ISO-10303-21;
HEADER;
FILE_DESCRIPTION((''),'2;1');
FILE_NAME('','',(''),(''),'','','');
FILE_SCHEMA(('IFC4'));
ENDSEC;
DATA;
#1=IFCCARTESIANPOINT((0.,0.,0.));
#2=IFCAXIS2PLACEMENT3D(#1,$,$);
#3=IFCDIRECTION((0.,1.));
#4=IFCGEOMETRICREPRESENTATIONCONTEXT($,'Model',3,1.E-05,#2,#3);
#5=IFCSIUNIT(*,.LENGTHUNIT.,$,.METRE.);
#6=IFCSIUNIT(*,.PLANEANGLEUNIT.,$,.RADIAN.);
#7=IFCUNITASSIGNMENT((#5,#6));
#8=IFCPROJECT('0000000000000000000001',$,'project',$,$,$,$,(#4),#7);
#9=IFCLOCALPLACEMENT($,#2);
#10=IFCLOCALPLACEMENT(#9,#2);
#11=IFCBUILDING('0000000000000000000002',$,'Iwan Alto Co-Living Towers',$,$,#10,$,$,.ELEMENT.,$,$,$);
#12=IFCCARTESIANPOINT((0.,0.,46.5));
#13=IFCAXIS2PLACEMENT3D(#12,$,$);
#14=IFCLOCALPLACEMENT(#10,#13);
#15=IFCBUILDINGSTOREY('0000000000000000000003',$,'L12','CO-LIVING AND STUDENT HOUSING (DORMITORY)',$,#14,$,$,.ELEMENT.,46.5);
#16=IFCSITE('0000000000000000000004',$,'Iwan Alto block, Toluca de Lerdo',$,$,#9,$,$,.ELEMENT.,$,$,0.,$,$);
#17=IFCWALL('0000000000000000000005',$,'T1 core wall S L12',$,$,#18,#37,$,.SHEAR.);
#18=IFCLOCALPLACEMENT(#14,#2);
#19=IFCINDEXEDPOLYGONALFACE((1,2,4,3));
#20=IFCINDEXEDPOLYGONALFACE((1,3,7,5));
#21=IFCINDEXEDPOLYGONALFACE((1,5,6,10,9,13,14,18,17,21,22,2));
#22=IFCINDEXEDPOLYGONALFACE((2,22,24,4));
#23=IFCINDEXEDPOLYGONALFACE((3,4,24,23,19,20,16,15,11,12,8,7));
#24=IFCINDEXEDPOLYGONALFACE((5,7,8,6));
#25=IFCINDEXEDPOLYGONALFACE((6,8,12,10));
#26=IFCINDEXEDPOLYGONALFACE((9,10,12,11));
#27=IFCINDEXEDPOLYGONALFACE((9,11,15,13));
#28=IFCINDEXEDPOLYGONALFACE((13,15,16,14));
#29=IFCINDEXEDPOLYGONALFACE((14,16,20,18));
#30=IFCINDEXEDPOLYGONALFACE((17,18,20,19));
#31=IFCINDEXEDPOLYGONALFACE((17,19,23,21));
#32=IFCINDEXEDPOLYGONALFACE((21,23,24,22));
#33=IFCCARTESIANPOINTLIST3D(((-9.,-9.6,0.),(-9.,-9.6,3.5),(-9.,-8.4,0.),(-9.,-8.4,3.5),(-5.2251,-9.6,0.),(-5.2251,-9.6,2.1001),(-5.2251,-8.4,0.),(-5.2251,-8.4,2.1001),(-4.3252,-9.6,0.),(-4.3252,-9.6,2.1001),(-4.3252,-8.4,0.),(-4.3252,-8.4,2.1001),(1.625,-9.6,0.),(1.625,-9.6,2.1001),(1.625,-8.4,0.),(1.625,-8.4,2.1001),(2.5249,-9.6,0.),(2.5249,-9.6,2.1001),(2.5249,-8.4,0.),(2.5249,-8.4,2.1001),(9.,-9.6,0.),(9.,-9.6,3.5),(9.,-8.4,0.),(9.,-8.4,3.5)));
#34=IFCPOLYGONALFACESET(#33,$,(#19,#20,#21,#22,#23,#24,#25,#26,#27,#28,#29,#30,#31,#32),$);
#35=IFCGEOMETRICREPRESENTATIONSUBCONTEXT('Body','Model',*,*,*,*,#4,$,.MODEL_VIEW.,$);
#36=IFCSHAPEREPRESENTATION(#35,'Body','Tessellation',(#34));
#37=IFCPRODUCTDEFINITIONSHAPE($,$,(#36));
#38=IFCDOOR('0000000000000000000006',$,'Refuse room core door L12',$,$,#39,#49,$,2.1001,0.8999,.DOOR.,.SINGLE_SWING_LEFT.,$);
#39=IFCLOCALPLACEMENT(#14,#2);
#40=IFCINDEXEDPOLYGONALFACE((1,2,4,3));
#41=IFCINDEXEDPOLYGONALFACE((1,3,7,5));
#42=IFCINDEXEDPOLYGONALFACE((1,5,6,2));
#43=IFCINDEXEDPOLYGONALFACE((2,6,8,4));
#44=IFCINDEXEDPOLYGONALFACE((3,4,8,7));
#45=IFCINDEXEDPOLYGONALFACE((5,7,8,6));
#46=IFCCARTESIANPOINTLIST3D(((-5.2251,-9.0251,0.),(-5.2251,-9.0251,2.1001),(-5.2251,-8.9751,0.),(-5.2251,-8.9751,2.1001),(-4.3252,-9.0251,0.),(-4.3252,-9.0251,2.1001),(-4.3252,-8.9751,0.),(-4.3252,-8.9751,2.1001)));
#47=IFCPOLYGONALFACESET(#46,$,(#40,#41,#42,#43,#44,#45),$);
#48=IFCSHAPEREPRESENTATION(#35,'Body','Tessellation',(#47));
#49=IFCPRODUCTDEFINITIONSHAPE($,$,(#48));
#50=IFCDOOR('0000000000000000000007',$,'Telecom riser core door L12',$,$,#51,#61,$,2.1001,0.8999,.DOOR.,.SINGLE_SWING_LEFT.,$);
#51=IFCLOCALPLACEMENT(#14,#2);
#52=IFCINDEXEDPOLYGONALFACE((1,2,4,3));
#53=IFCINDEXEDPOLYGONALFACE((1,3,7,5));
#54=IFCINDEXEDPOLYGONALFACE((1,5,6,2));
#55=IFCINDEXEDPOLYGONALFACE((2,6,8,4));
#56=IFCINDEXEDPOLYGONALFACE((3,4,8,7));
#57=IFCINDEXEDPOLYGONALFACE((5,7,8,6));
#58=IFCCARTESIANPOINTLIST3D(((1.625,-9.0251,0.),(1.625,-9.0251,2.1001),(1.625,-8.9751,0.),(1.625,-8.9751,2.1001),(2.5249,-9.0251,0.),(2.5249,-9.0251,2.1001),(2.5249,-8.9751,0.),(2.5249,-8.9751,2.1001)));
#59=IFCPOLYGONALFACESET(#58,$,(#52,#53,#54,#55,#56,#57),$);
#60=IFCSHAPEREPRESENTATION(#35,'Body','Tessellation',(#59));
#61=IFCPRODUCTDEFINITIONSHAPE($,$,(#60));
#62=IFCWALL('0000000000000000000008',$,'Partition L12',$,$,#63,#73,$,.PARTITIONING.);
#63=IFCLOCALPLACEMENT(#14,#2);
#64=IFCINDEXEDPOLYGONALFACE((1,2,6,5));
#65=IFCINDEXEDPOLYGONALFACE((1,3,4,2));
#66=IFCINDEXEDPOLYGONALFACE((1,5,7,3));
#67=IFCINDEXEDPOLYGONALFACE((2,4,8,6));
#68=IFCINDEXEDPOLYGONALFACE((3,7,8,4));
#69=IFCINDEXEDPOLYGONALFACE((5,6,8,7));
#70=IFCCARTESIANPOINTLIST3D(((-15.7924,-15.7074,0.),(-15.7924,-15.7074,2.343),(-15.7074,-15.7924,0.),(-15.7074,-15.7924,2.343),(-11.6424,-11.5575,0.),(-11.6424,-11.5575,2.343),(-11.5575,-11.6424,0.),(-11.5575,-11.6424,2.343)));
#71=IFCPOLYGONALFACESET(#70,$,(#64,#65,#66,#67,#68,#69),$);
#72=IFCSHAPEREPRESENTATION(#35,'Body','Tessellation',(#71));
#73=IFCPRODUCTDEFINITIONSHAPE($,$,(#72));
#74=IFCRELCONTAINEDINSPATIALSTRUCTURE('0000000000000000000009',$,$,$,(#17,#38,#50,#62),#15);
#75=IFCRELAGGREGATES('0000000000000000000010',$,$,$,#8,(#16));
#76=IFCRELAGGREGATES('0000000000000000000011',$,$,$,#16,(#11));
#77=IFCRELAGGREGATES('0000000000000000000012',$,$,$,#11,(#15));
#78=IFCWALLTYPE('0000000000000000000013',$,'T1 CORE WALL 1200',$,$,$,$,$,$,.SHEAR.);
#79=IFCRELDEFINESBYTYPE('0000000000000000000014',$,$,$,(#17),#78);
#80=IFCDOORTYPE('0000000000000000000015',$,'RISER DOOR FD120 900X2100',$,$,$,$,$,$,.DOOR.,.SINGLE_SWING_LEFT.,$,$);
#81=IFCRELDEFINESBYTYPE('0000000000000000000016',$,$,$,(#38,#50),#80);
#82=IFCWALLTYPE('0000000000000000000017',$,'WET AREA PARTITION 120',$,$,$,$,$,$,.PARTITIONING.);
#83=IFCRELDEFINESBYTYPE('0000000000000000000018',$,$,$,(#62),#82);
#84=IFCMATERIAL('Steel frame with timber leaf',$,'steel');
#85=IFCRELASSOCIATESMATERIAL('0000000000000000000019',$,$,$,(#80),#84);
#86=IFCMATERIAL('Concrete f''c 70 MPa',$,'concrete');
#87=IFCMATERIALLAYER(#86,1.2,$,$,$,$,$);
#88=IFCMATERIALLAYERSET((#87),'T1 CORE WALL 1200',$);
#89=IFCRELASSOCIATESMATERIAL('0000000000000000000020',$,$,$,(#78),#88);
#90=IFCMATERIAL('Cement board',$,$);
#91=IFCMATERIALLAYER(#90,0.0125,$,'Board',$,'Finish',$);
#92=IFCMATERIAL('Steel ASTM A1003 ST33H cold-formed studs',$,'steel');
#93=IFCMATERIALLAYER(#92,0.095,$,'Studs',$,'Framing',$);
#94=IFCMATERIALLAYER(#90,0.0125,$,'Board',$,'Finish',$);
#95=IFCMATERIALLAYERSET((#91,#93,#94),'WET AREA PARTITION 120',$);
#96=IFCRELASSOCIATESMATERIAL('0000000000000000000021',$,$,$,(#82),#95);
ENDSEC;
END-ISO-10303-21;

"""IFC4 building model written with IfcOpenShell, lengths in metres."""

from ifc_helpers import new_model, si_unit, direction, frame, frame_2d, origin, place, context, subcontext, project, spatial, rectangle, extrude, material, layer, layer_set, type_object, element, fill, save


model = new_model("IFC4")

# Units and contexts
model_context = context("Model", 3, precision=1e-05, world=origin(), true_north=direction((0.0, 1.0)))
body_context = subcontext(model_context, "Body", "Model", "MODEL_VIEW")
ifc_project = project(units=[si_unit("LENGTHUNIT", "METRE"), si_unit("PLANEANGLEUNIT", "RADIAN")], contexts=[model_context])

# Site, building, storey
site_placement = place(None, origin())
site = spatial("IfcSite", under=ifc_project, at=site_placement, Name="Iwan Alto block, Toluca de Lerdo", CompositionType="ELEMENT", RefElevation=0.0)
building_placement = place(site_placement, origin())
building = spatial("IfcBuilding", under=site, at=building_placement, Name="Iwan Alto Co-Living Towers", CompositionType="ELEMENT")
storey_placement = place(building_placement, frame((0.0, 0.0, 46.5)))
storey = spatial("IfcBuildingStorey", under=building, at=storey_placement, Name="L12", Description="CO-LIVING AND STUDENT HOUSING (DORMITORY)", CompositionType="ELEMENT", Elevation=46.5)

# Shared definitions
ifc_material_1 = material(Name="Steel ASTM A1003 ST33H cold-formed studs", Category="steel")
ifc_material_2 = material(Name="Steel frame with timber leaf", Category="steel")
door_type_1 = type_object("IfcDoorType", Name="RISER DOOR FD120 900X2100", OperationType="SINGLE_SWING_LEFT", PredefinedType="DOOR", material=ifc_material_2)

# Wall, openings, doors
ifc_material_3 = material(Name="Concrete f'c 70 MPa", Category="concrete")
ifc_layer_1 = layer(ifc_material_3, 1.2)
ifc_layer_set_1 = layer_set([ifc_layer_1], Name="T1 CORE WALL 1200")
wall_type_1 = type_object("IfcWallType", Name="T1 CORE WALL 1200", PredefinedType="SHEAR", material=ifc_layer_set_1)
wall_1_placement = place(storey_placement, frame((-9.0, -9.0, 0.0), z_axis=(0.0, 0.0, 1.0), x_axis=(1.0, 0.0, 0.0)))
wall_1 = element("IfcWall", 1, at=wall_1_placement, inside=storey, type_object=wall_type_1, Name="T1 core wall S L12", PredefinedType="SHEAR", context=body_context, shape_type="SweptSolid", body=[
    extrude(rectangle(XDim=18.0, YDim=1.2, at=frame_2d((9.0, 0.0))), origin(), (0.0, 0.0, 1.0), 3.5),
])
opening_1_placement = place(wall_1_placement, frame((3.7749, 0.0, 0.0)))
opening_1 = element("IfcOpeningElement", 2, at=opening_1_placement, cuts=wall_1, PredefinedType="OPENING", context=body_context, shape_type="SweptSolid", body=[
    extrude(rectangle(XDim=0.8999, YDim=2.1001, at=frame_2d((0.45, 1.05))), frame((0.0, 0.6099, 0.0), z_axis=(0.0, -1.0, 0.0), x_axis=(1.0, 0.0, 0.0)), (0.0, 0.0, 1.0), 1.22),
])
opening_2_placement = place(wall_1_placement, frame((10.625, 0.0, 0.0)))
opening_2 = element("IfcOpeningElement", 3, at=opening_2_placement, cuts=wall_1, PredefinedType="OPENING", context=body_context, shape_type="SweptSolid", body=[
    extrude(rectangle(XDim=0.8999, YDim=2.1001, at=frame_2d((0.45, 1.05))), frame((0.0, 0.6099, 0.0), z_axis=(0.0, -1.0, 0.0), x_axis=(1.0, 0.0, 0.0)), (0.0, 0.0, 1.0), 1.22),
])
door_1_placement = place(opening_1_placement, origin())
door_1 = element("IfcDoor", 4, at=door_1_placement, inside=storey, type_object=door_type_1, Name="Refuse room core door L12", OperationType="SINGLE_SWING_LEFT", OverallHeight=2.1001, OverallWidth=0.8999, PredefinedType="DOOR", context=body_context, shape_type="SweptSolid", body=[
    extrude(rectangle(XDim=0.8999, YDim=2.1001, at=frame_2d((0.45, 1.05))), frame((0.0, 0.0249, 0.0), z_axis=(0.0, -1.0, 0.0), x_axis=(1.0, 0.0, 0.0)), (0.0, 0.0, 1.0), 0.05),
])
fill(opening_1, door_1)
door_2_placement = place(opening_2_placement, origin())
door_2 = element("IfcDoor", 5, at=door_2_placement, inside=storey, type_object=door_type_1, Name="Telecom riser core door L12", OperationType="SINGLE_SWING_LEFT", OverallHeight=2.1001, OverallWidth=0.8999, PredefinedType="DOOR", context=body_context, shape_type="SweptSolid", body=[
    extrude(rectangle(XDim=0.8999, YDim=2.1001, at=frame_2d((0.45, 1.05))), frame((0.0, 0.0249, 0.0), z_axis=(0.0, -1.0, 0.0), x_axis=(1.0, 0.0, 0.0)), (0.0, 0.0, 1.0), 0.05),
])
fill(opening_2, door_2)

# Wall
ifc_material_4 = material(Name="Cement board")
ifc_layer_2 = layer(ifc_material_4, 0.0125, Name="Board", Category="Finish")
ifc_layer_3 = layer(ifc_material_1, 0.095, Name="Studs", Category="Framing")
ifc_layer_4 = layer(ifc_material_4, 0.0125, Name="Board", Category="Finish")
ifc_layer_set_2 = layer_set([ifc_layer_2, ifc_layer_3, ifc_layer_4], Name="WET AREA PARTITION 120")
wall_type_2 = type_object("IfcWallType", Name="WET AREA PARTITION 120", PredefinedType="PARTITIONING", material=ifc_layer_set_2)
wall_2_placement = place(storey_placement, frame((-15.75, -15.75, 0.0), z_axis=(0.0, 0.0, 1.0), x_axis=(0.707107, 0.707107, 0.0)))
element("IfcWall", 6, at=wall_2_placement, inside=storey, type_object=wall_type_2, Name="Partition L12", PredefinedType="PARTITIONING", context=body_context, shape_type="SweptSolid", body=[
    extrude(rectangle(XDim=5.8689, YDim=0.1201, at=frame_2d((2.9346, 0.0))), origin(), (0.0, 0.0, 1.0), 2.343),
])

save(model, "model.ifc")
